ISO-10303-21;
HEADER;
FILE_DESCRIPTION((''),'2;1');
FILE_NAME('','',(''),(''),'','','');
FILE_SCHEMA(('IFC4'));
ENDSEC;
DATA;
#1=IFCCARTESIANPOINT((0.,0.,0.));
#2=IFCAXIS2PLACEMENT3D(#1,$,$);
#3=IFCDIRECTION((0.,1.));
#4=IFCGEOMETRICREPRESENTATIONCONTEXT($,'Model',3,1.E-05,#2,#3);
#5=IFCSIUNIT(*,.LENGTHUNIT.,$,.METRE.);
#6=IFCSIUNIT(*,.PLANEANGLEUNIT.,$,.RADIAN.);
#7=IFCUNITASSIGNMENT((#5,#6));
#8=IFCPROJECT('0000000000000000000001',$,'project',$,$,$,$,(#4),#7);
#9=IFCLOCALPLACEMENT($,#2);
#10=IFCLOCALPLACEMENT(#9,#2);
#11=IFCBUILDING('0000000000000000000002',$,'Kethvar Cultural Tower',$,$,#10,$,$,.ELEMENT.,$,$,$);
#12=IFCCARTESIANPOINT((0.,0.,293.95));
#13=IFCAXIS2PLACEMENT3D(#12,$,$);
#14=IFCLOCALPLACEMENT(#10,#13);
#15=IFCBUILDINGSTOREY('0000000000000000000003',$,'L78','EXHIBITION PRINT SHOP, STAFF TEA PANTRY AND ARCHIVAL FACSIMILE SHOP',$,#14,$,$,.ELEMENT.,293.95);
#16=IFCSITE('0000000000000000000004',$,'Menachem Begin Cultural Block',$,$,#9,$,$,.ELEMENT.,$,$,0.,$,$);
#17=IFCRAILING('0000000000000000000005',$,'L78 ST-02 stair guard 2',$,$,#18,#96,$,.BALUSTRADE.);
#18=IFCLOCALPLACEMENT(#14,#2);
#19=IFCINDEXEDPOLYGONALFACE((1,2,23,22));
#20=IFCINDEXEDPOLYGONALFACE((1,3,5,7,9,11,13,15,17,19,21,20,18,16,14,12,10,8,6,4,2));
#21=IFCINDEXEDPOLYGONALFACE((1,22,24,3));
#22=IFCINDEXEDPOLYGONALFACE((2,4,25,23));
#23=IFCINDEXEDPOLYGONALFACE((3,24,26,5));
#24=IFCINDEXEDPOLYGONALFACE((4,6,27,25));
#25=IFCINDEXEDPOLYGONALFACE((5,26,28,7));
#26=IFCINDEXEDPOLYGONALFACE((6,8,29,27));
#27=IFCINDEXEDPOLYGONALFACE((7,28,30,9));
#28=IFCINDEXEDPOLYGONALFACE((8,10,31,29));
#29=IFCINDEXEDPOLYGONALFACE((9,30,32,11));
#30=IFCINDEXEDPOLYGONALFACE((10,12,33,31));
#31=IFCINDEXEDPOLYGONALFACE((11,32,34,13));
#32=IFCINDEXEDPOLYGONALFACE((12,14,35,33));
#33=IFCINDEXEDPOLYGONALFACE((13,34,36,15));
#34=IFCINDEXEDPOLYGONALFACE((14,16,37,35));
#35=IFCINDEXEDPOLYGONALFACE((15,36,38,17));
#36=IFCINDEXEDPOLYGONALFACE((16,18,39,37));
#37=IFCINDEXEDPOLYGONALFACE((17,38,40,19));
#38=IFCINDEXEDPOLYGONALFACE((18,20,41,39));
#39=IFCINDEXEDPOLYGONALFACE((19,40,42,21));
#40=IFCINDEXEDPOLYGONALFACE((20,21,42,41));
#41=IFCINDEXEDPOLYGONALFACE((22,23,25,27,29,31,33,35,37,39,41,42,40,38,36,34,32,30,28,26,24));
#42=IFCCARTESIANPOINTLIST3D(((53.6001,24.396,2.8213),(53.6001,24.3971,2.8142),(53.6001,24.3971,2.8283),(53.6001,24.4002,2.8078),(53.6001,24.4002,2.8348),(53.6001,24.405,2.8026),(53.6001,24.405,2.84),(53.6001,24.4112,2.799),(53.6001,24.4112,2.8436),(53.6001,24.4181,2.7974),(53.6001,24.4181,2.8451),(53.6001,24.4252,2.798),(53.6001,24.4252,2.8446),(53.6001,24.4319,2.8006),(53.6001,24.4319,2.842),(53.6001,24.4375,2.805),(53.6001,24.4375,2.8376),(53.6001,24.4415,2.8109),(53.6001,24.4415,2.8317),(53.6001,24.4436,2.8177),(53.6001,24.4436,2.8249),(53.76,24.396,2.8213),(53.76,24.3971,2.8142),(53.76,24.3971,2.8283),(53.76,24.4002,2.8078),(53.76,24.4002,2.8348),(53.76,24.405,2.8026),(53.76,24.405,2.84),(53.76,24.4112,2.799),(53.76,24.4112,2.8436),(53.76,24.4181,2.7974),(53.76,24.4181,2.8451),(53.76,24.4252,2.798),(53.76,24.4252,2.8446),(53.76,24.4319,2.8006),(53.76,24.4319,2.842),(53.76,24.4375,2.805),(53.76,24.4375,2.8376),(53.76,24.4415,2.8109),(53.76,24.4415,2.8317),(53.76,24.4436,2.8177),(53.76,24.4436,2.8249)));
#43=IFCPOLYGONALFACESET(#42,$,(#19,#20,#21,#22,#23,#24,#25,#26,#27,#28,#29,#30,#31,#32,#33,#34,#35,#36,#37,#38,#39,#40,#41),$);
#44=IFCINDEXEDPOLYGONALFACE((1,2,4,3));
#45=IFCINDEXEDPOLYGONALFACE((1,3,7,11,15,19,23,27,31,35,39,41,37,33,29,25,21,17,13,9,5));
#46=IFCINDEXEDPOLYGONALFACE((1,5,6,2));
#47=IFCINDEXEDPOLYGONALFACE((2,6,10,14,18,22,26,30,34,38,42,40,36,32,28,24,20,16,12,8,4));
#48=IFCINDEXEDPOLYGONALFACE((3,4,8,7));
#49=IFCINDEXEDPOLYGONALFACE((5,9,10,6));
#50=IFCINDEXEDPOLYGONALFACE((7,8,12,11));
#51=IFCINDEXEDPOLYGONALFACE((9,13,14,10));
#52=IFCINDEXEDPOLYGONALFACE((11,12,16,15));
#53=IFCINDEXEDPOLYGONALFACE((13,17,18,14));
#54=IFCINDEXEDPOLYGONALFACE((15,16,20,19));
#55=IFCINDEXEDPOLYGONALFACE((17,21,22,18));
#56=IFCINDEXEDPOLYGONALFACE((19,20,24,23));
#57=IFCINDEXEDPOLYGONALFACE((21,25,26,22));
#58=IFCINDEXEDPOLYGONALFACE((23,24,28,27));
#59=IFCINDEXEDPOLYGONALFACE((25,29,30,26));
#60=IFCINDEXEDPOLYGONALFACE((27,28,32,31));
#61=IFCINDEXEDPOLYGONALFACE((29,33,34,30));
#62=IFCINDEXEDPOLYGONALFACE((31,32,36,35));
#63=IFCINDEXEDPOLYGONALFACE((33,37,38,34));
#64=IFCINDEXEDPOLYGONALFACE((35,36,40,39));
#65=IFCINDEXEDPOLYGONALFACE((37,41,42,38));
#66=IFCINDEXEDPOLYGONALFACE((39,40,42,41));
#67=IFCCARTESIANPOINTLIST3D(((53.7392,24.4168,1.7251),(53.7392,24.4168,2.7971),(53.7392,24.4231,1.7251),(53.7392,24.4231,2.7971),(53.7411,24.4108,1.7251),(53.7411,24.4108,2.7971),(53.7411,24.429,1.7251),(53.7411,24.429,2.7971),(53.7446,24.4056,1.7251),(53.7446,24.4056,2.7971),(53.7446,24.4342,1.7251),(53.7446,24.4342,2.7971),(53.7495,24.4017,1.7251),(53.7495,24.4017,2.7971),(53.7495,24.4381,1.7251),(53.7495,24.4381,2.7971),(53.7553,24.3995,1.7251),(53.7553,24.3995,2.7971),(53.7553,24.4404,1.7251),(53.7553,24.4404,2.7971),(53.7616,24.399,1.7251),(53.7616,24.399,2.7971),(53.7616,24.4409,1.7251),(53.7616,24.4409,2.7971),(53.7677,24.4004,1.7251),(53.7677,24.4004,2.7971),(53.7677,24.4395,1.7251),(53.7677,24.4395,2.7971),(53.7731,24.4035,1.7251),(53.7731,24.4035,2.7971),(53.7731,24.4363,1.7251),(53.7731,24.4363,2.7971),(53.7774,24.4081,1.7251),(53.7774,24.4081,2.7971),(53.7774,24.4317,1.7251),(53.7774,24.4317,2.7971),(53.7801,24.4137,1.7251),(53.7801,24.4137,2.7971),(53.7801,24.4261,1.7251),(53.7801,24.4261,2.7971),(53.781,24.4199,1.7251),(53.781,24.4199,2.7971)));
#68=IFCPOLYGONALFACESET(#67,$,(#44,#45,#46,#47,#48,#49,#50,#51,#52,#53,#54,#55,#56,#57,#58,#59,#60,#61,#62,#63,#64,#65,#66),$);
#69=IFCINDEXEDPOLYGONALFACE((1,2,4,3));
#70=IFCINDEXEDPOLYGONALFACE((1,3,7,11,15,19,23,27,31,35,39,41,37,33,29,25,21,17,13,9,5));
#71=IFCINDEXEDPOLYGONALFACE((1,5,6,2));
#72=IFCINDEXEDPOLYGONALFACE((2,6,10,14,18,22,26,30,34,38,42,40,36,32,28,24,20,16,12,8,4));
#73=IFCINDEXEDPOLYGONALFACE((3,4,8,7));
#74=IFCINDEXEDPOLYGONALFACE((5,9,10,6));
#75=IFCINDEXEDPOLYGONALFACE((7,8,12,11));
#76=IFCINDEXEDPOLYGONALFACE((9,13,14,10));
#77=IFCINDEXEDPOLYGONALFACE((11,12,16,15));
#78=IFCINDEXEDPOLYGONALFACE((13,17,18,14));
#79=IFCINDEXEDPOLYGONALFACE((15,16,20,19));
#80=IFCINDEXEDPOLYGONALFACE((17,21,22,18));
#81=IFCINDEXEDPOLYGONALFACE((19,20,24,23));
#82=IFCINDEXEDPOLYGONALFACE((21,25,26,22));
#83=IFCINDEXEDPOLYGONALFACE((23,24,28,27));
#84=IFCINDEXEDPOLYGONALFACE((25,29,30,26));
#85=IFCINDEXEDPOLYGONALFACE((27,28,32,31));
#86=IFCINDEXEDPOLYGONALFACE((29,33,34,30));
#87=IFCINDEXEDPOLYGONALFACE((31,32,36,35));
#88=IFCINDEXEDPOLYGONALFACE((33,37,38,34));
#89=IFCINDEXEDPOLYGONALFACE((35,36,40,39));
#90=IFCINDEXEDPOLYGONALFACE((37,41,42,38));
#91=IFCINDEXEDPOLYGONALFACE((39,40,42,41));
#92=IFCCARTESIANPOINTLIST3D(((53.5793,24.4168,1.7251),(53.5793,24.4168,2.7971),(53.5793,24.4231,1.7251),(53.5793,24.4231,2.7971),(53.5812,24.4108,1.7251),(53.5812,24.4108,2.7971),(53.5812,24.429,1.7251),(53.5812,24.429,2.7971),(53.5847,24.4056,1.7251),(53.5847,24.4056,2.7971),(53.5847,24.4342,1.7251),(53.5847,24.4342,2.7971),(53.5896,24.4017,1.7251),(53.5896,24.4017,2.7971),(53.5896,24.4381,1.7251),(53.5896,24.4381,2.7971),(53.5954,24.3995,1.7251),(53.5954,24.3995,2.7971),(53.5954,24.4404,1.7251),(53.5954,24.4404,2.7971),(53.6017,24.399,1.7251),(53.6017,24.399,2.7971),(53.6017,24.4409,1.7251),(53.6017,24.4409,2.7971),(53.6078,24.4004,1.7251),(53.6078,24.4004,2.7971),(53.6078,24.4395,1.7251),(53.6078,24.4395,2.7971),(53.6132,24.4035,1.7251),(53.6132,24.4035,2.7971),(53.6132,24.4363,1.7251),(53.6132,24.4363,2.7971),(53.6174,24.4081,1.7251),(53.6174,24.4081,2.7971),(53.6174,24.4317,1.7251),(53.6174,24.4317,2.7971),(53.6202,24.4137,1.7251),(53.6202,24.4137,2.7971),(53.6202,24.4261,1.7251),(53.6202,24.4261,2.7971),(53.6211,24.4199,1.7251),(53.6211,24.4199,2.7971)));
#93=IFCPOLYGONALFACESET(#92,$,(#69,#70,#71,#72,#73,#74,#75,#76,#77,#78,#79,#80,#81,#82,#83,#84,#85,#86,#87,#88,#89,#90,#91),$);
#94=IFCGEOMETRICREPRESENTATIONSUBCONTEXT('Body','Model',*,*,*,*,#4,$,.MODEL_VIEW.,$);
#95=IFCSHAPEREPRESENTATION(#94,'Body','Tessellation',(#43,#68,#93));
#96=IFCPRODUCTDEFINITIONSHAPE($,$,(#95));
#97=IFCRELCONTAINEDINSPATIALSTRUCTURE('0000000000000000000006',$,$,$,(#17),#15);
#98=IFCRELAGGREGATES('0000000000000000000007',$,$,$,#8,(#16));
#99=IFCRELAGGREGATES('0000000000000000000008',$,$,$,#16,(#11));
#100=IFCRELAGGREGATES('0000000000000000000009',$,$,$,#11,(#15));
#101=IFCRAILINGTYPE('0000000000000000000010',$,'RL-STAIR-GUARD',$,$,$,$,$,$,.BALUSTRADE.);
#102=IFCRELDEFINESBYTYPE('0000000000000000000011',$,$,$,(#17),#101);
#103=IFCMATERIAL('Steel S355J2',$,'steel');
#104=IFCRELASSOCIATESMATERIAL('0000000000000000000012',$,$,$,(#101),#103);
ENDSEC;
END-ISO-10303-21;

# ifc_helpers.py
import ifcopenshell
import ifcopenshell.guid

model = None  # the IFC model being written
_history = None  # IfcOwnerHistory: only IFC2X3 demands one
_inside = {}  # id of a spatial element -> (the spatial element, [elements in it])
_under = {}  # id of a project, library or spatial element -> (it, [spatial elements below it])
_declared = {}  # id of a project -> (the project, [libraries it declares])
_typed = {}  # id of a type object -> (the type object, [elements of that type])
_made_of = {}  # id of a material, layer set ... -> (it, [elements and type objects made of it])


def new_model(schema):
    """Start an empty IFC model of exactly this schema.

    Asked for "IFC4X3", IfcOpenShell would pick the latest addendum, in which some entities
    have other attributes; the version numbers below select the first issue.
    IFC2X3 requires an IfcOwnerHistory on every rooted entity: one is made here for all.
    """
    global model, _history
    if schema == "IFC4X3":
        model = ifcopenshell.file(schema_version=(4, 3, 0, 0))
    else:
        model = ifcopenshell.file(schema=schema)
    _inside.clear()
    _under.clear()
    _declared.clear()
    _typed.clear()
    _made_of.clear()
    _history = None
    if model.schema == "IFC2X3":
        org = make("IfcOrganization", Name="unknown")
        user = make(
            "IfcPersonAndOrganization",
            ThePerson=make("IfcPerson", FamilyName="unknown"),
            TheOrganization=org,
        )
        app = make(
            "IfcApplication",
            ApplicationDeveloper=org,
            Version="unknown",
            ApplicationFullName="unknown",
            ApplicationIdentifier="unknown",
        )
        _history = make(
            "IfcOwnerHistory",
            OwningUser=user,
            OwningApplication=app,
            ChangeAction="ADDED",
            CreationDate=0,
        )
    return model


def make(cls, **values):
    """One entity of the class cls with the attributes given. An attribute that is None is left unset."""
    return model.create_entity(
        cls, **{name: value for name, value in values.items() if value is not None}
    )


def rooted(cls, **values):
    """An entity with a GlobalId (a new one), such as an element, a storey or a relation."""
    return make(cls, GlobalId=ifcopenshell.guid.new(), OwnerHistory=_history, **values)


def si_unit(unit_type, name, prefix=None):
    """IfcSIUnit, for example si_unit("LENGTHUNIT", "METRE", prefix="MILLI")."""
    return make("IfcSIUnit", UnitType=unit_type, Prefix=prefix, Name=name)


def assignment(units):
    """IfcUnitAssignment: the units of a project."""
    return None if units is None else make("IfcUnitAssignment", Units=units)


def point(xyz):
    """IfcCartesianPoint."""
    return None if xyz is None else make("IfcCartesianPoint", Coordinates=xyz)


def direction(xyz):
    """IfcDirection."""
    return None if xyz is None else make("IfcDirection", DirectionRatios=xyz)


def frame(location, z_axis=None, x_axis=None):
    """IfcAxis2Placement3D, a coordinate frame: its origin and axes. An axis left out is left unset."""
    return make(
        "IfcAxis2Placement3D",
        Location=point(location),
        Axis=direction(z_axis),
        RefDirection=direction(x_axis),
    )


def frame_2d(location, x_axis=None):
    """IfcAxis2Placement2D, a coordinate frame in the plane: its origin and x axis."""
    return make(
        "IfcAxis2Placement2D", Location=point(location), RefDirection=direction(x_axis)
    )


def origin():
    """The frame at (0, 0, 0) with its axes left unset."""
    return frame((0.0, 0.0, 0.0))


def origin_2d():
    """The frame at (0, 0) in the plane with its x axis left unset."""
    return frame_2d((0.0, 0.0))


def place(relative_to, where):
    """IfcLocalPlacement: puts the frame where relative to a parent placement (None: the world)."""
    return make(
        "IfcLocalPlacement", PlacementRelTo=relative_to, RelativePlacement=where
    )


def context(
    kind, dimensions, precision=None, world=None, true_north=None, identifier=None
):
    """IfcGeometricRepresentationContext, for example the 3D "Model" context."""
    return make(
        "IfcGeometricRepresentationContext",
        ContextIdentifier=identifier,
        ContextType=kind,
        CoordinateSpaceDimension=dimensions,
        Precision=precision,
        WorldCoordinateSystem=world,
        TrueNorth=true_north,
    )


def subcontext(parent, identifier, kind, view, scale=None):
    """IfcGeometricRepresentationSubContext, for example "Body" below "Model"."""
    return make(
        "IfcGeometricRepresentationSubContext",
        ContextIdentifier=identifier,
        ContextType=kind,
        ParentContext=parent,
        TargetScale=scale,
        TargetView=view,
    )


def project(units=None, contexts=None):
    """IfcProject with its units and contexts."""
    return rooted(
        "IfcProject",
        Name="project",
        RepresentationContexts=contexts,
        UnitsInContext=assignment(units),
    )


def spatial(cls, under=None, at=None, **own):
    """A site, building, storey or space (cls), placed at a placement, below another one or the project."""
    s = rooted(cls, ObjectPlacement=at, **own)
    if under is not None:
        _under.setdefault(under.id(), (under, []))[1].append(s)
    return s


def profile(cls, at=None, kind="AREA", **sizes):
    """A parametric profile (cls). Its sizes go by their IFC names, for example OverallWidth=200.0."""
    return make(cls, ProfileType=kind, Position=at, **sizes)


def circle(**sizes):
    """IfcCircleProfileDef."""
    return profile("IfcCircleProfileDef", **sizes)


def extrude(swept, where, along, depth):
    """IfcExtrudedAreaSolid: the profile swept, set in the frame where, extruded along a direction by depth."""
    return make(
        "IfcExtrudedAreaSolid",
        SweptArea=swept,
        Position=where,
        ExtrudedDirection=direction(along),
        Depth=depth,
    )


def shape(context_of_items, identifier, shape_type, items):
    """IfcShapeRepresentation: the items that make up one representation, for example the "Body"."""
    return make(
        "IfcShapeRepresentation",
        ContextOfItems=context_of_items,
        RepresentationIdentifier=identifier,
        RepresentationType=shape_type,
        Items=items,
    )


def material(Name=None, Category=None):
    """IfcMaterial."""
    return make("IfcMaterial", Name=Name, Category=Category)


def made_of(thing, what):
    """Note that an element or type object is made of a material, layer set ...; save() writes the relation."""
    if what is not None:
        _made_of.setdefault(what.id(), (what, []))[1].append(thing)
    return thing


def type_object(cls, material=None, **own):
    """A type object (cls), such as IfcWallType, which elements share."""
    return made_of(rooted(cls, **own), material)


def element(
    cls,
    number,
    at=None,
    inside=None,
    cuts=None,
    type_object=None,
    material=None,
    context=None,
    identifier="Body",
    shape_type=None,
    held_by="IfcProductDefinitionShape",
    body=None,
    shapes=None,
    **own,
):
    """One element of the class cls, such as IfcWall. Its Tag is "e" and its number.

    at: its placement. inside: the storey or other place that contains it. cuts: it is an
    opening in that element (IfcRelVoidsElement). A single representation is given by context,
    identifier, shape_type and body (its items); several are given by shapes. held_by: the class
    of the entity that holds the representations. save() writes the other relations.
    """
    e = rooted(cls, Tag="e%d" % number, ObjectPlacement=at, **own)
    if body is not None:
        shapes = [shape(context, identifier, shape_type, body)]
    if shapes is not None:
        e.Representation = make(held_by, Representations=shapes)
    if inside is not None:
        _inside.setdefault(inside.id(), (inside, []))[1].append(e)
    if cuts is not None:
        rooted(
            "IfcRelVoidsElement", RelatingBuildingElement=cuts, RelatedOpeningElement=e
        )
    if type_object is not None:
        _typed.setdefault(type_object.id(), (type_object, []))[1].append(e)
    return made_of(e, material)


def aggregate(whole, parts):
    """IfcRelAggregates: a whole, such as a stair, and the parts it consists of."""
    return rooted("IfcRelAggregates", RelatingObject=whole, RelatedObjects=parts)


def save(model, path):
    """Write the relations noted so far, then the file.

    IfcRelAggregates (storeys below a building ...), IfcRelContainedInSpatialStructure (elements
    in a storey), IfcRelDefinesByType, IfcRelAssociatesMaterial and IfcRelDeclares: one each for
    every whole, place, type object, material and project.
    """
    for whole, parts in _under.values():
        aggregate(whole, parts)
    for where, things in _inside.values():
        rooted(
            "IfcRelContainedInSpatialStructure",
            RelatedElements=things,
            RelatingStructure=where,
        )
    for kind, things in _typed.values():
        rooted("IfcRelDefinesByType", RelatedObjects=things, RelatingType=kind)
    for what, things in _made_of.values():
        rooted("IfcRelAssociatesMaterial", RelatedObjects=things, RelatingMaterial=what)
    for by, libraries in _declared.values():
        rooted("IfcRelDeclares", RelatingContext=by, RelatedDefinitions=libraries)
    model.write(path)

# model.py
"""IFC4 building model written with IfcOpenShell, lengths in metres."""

from ifc_helpers import new_model, si_unit, direction, frame, origin, origin_2d, place, context, subcontext, project, spatial, circle, extrude, material, type_object, element, save


model = new_model("IFC4")

# Units and contexts
model_context = context("Model", 3, precision=1e-05, world=origin(), true_north=direction((0.0, 1.0)))
body_context = subcontext(model_context, "Body", "Model", "MODEL_VIEW")
ifc_project = project(units=[si_unit("LENGTHUNIT", "METRE"), si_unit("PLANEANGLEUNIT", "RADIAN")], contexts=[model_context])

# Site, building, storey
site_placement = place(None, origin())
site = spatial("IfcSite", under=ifc_project, at=site_placement, Name="Menachem Begin Cultural Block", CompositionType="ELEMENT", RefElevation=0.0)
building_placement = place(site_placement, origin())
building = spatial("IfcBuilding", under=site, at=building_placement, Name="Kethvar Cultural Tower", CompositionType="ELEMENT")
storey_placement = place(building_placement, frame((0.0, 0.0, 293.95)))
storey = spatial("IfcBuildingStorey", under=building, at=storey_placement, Name="L78", Description="EXHIBITION PRINT SHOP, STAFF TEA PANTRY AND ARCHIVAL FACSIMILE SHOP", CompositionType="ELEMENT", Elevation=293.95)

# Shared definitions
ifc_material_1 = material(Name="Steel S355J2", Category="steel")

# Railing
railing_type_1 = type_object("IfcRailingType", Name="RL-STAIR-GUARD", PredefinedType="BALUSTRADE", material=ifc_material_1)
railing_1_placement = place(storey_placement, frame((53.76, 24.4199, 1.7251)))
element("IfcRailing", 1, at=railing_1_placement, inside=storey, type_object=railing_type_1, Name="L78 ST-02 stair guard 2", PredefinedType="BALUSTRADE", context=body_context, shape_type="SweptSolid", body=[
    extrude(circle(Radius=0.0239, at=origin_2d()), frame((0.0, 0.0, 1.0962), z_axis=(-1.0, 0.0, 0.0), x_axis=(0.0, -1.0, 0.0)), (0.0, 0.0, 1.0), 0.1599),
    extrude(circle(Radius=0.021, at=origin_2d()), origin(), (0.0, 0.0, 1.0), 1.072),
    extrude(circle(Radius=0.021, at=origin_2d()), frame((-0.1599, 0.0, 0.0)), (0.0, 0.0, 1.0), 1.072),
])

save(model, "model.ifc")
